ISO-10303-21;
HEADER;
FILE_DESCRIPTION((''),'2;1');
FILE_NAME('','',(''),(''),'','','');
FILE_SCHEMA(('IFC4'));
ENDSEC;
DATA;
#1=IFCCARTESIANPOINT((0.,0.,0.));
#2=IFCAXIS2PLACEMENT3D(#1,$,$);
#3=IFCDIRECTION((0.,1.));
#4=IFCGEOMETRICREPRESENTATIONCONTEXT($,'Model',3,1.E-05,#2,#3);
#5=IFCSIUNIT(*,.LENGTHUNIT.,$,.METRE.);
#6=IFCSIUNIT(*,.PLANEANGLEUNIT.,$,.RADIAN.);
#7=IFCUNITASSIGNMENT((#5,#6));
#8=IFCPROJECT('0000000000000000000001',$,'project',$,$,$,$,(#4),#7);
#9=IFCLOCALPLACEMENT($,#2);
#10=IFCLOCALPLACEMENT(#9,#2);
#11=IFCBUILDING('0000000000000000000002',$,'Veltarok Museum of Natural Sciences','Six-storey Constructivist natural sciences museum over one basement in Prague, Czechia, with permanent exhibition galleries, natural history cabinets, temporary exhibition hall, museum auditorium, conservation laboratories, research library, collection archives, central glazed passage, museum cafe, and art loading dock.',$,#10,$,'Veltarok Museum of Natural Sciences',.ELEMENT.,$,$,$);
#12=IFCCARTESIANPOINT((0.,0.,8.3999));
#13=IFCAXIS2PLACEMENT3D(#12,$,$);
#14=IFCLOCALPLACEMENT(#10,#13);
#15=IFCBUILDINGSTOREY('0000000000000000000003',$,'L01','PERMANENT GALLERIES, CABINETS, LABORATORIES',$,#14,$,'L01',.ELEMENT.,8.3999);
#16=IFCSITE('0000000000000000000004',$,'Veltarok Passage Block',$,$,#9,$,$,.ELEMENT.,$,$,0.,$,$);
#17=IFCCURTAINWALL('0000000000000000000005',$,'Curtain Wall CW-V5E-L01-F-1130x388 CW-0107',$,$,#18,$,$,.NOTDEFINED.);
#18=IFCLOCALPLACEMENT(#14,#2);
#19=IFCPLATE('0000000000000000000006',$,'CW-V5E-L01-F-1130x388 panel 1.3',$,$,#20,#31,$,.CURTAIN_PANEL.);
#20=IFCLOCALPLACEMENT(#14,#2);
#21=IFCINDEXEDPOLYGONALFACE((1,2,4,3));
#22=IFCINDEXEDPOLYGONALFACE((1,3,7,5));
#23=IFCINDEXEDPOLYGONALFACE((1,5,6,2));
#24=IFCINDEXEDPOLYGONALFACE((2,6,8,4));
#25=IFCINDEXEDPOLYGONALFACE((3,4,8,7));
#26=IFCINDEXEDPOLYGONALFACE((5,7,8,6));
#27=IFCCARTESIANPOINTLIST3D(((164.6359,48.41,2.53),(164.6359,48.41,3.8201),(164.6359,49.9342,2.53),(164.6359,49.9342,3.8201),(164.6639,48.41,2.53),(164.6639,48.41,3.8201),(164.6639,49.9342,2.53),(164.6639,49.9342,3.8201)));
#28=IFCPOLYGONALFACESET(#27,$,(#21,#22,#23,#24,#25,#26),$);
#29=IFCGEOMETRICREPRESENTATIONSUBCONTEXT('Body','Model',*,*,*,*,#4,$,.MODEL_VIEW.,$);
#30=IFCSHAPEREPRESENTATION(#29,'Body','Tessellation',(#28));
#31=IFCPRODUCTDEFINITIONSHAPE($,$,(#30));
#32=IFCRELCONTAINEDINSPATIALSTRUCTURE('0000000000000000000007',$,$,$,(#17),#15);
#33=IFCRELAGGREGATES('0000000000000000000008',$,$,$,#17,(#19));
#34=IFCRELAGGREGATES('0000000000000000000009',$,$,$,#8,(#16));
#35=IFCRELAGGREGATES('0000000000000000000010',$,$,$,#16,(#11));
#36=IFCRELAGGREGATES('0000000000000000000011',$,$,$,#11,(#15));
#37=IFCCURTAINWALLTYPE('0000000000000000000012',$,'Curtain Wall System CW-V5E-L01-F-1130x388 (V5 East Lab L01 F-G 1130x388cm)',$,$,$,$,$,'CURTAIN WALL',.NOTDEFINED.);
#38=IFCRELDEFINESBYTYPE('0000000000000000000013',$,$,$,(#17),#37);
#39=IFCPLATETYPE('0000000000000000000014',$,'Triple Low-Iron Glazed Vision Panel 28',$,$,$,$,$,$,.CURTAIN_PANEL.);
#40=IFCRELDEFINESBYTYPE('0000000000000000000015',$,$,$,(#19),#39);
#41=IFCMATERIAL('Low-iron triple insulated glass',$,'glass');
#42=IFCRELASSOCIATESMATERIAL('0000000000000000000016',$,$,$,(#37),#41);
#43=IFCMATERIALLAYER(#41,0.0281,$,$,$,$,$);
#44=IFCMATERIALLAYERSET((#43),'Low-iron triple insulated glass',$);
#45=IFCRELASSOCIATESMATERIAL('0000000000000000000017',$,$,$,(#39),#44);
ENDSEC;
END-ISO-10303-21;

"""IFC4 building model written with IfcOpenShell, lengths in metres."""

from ifc_helpers import new_model, si_unit, direction, frame, origin, origin_2d, place, context, subcontext, project, spatial, rectangle, extrude, material, layer, layer_set, type_object, element, aggregate, save


model = new_model("IFC4")

# Units and contexts
model_context = context("Model", 3, precision=1e-05, world=origin(), true_north=direction((0.0, 1.0)))
body_context = subcontext(model_context, "Body", "Model", "MODEL_VIEW")
ifc_project = project(units=[si_unit("LENGTHUNIT", "METRE"), si_unit("PLANEANGLEUNIT", "RADIAN")], contexts=[model_context])

# Site, building, storey
site_placement = place(None, origin())
site = spatial("IfcSite", under=ifc_project, at=site_placement, Name="Veltarok Passage Block", CompositionType="ELEMENT", RefElevation=0.0)
building_placement = place(site_placement, origin())
building = spatial("IfcBuilding", under=site, at=building_placement, Name="Veltarok Museum of Natural Sciences", Description="Six-storey Constructivist natural sciences museum over one basement in Prague, Czechia, with permanent exhibition galleries, natural history cabinets, temporary exhibition hall, museum auditorium, conservation laboratories, research library, collection archives, central glazed passage, museum cafe, and art loading dock.", LongName="Veltarok Museum of Natural Sciences", CompositionType="ELEMENT")
storey_placement = place(building_placement, frame((0.0, 0.0, 8.3999)))
storey = spatial("IfcBuildingStorey", under=building, at=storey_placement, Name="L01", Description="PERMANENT GALLERIES, CABINETS, LABORATORIES", LongName="L01", CompositionType="ELEMENT", Elevation=8.3999)

# Curtain wall
ifc_material_1 = material(Name="Low-iron triple insulated glass", Category="glass")
curtain_wall_type_1 = type_object("IfcCurtainWallType", Name="Curtain Wall System CW-V5E-L01-F-1130x388 (V5 East Lab L01 F-G 1130x388cm)", ElementType="CURTAIN WALL", PredefinedType="NOTDEFINED", material=ifc_material_1)
curtain_wall_1_placement = place(storey_placement, origin())
curtain_wall_1 = element("IfcCurtainWall", 1, at=curtain_wall_1_placement, inside=storey, type_object=curtain_wall_type_1, Name="Curtain Wall CW-V5E-L01-F-1130x388 CW-0107", PredefinedType="NOTDEFINED")

# Plate
ifc_layer = layer(ifc_material_1, 0.0281)
ifc_layer_set = layer_set([ifc_layer], Name="Low-iron triple insulated glass")
plate_type = type_object("IfcPlateType", Name="Triple Low-Iron Glazed Vision Panel 28", PredefinedType="CURTAIN_PANEL", material=ifc_layer_set)
plate_1_placement = place(storey_placement, frame((164.6499, 49.1721, 2.53), z_axis=(0.0, 0.0, 1.0), x_axis=(0.0, 1.0, 0.0)))
plate_1 = element("IfcPlate", 2, at=plate_1_placement, type_object=plate_type, Name="CW-V5E-L01-F-1130x388 panel 1.3", PredefinedType="CURTAIN_PANEL", context=body_context, shape_type="SweptSolid", body=[
    extrude(rectangle(XDim=1.5242, YDim=0.0281, at=origin_2d()), origin(), (0.0, 0.0, 1.0), 1.29),
])
aggregate(curtain_wall_1, [plate_1])

save(model, "model.ifc")
